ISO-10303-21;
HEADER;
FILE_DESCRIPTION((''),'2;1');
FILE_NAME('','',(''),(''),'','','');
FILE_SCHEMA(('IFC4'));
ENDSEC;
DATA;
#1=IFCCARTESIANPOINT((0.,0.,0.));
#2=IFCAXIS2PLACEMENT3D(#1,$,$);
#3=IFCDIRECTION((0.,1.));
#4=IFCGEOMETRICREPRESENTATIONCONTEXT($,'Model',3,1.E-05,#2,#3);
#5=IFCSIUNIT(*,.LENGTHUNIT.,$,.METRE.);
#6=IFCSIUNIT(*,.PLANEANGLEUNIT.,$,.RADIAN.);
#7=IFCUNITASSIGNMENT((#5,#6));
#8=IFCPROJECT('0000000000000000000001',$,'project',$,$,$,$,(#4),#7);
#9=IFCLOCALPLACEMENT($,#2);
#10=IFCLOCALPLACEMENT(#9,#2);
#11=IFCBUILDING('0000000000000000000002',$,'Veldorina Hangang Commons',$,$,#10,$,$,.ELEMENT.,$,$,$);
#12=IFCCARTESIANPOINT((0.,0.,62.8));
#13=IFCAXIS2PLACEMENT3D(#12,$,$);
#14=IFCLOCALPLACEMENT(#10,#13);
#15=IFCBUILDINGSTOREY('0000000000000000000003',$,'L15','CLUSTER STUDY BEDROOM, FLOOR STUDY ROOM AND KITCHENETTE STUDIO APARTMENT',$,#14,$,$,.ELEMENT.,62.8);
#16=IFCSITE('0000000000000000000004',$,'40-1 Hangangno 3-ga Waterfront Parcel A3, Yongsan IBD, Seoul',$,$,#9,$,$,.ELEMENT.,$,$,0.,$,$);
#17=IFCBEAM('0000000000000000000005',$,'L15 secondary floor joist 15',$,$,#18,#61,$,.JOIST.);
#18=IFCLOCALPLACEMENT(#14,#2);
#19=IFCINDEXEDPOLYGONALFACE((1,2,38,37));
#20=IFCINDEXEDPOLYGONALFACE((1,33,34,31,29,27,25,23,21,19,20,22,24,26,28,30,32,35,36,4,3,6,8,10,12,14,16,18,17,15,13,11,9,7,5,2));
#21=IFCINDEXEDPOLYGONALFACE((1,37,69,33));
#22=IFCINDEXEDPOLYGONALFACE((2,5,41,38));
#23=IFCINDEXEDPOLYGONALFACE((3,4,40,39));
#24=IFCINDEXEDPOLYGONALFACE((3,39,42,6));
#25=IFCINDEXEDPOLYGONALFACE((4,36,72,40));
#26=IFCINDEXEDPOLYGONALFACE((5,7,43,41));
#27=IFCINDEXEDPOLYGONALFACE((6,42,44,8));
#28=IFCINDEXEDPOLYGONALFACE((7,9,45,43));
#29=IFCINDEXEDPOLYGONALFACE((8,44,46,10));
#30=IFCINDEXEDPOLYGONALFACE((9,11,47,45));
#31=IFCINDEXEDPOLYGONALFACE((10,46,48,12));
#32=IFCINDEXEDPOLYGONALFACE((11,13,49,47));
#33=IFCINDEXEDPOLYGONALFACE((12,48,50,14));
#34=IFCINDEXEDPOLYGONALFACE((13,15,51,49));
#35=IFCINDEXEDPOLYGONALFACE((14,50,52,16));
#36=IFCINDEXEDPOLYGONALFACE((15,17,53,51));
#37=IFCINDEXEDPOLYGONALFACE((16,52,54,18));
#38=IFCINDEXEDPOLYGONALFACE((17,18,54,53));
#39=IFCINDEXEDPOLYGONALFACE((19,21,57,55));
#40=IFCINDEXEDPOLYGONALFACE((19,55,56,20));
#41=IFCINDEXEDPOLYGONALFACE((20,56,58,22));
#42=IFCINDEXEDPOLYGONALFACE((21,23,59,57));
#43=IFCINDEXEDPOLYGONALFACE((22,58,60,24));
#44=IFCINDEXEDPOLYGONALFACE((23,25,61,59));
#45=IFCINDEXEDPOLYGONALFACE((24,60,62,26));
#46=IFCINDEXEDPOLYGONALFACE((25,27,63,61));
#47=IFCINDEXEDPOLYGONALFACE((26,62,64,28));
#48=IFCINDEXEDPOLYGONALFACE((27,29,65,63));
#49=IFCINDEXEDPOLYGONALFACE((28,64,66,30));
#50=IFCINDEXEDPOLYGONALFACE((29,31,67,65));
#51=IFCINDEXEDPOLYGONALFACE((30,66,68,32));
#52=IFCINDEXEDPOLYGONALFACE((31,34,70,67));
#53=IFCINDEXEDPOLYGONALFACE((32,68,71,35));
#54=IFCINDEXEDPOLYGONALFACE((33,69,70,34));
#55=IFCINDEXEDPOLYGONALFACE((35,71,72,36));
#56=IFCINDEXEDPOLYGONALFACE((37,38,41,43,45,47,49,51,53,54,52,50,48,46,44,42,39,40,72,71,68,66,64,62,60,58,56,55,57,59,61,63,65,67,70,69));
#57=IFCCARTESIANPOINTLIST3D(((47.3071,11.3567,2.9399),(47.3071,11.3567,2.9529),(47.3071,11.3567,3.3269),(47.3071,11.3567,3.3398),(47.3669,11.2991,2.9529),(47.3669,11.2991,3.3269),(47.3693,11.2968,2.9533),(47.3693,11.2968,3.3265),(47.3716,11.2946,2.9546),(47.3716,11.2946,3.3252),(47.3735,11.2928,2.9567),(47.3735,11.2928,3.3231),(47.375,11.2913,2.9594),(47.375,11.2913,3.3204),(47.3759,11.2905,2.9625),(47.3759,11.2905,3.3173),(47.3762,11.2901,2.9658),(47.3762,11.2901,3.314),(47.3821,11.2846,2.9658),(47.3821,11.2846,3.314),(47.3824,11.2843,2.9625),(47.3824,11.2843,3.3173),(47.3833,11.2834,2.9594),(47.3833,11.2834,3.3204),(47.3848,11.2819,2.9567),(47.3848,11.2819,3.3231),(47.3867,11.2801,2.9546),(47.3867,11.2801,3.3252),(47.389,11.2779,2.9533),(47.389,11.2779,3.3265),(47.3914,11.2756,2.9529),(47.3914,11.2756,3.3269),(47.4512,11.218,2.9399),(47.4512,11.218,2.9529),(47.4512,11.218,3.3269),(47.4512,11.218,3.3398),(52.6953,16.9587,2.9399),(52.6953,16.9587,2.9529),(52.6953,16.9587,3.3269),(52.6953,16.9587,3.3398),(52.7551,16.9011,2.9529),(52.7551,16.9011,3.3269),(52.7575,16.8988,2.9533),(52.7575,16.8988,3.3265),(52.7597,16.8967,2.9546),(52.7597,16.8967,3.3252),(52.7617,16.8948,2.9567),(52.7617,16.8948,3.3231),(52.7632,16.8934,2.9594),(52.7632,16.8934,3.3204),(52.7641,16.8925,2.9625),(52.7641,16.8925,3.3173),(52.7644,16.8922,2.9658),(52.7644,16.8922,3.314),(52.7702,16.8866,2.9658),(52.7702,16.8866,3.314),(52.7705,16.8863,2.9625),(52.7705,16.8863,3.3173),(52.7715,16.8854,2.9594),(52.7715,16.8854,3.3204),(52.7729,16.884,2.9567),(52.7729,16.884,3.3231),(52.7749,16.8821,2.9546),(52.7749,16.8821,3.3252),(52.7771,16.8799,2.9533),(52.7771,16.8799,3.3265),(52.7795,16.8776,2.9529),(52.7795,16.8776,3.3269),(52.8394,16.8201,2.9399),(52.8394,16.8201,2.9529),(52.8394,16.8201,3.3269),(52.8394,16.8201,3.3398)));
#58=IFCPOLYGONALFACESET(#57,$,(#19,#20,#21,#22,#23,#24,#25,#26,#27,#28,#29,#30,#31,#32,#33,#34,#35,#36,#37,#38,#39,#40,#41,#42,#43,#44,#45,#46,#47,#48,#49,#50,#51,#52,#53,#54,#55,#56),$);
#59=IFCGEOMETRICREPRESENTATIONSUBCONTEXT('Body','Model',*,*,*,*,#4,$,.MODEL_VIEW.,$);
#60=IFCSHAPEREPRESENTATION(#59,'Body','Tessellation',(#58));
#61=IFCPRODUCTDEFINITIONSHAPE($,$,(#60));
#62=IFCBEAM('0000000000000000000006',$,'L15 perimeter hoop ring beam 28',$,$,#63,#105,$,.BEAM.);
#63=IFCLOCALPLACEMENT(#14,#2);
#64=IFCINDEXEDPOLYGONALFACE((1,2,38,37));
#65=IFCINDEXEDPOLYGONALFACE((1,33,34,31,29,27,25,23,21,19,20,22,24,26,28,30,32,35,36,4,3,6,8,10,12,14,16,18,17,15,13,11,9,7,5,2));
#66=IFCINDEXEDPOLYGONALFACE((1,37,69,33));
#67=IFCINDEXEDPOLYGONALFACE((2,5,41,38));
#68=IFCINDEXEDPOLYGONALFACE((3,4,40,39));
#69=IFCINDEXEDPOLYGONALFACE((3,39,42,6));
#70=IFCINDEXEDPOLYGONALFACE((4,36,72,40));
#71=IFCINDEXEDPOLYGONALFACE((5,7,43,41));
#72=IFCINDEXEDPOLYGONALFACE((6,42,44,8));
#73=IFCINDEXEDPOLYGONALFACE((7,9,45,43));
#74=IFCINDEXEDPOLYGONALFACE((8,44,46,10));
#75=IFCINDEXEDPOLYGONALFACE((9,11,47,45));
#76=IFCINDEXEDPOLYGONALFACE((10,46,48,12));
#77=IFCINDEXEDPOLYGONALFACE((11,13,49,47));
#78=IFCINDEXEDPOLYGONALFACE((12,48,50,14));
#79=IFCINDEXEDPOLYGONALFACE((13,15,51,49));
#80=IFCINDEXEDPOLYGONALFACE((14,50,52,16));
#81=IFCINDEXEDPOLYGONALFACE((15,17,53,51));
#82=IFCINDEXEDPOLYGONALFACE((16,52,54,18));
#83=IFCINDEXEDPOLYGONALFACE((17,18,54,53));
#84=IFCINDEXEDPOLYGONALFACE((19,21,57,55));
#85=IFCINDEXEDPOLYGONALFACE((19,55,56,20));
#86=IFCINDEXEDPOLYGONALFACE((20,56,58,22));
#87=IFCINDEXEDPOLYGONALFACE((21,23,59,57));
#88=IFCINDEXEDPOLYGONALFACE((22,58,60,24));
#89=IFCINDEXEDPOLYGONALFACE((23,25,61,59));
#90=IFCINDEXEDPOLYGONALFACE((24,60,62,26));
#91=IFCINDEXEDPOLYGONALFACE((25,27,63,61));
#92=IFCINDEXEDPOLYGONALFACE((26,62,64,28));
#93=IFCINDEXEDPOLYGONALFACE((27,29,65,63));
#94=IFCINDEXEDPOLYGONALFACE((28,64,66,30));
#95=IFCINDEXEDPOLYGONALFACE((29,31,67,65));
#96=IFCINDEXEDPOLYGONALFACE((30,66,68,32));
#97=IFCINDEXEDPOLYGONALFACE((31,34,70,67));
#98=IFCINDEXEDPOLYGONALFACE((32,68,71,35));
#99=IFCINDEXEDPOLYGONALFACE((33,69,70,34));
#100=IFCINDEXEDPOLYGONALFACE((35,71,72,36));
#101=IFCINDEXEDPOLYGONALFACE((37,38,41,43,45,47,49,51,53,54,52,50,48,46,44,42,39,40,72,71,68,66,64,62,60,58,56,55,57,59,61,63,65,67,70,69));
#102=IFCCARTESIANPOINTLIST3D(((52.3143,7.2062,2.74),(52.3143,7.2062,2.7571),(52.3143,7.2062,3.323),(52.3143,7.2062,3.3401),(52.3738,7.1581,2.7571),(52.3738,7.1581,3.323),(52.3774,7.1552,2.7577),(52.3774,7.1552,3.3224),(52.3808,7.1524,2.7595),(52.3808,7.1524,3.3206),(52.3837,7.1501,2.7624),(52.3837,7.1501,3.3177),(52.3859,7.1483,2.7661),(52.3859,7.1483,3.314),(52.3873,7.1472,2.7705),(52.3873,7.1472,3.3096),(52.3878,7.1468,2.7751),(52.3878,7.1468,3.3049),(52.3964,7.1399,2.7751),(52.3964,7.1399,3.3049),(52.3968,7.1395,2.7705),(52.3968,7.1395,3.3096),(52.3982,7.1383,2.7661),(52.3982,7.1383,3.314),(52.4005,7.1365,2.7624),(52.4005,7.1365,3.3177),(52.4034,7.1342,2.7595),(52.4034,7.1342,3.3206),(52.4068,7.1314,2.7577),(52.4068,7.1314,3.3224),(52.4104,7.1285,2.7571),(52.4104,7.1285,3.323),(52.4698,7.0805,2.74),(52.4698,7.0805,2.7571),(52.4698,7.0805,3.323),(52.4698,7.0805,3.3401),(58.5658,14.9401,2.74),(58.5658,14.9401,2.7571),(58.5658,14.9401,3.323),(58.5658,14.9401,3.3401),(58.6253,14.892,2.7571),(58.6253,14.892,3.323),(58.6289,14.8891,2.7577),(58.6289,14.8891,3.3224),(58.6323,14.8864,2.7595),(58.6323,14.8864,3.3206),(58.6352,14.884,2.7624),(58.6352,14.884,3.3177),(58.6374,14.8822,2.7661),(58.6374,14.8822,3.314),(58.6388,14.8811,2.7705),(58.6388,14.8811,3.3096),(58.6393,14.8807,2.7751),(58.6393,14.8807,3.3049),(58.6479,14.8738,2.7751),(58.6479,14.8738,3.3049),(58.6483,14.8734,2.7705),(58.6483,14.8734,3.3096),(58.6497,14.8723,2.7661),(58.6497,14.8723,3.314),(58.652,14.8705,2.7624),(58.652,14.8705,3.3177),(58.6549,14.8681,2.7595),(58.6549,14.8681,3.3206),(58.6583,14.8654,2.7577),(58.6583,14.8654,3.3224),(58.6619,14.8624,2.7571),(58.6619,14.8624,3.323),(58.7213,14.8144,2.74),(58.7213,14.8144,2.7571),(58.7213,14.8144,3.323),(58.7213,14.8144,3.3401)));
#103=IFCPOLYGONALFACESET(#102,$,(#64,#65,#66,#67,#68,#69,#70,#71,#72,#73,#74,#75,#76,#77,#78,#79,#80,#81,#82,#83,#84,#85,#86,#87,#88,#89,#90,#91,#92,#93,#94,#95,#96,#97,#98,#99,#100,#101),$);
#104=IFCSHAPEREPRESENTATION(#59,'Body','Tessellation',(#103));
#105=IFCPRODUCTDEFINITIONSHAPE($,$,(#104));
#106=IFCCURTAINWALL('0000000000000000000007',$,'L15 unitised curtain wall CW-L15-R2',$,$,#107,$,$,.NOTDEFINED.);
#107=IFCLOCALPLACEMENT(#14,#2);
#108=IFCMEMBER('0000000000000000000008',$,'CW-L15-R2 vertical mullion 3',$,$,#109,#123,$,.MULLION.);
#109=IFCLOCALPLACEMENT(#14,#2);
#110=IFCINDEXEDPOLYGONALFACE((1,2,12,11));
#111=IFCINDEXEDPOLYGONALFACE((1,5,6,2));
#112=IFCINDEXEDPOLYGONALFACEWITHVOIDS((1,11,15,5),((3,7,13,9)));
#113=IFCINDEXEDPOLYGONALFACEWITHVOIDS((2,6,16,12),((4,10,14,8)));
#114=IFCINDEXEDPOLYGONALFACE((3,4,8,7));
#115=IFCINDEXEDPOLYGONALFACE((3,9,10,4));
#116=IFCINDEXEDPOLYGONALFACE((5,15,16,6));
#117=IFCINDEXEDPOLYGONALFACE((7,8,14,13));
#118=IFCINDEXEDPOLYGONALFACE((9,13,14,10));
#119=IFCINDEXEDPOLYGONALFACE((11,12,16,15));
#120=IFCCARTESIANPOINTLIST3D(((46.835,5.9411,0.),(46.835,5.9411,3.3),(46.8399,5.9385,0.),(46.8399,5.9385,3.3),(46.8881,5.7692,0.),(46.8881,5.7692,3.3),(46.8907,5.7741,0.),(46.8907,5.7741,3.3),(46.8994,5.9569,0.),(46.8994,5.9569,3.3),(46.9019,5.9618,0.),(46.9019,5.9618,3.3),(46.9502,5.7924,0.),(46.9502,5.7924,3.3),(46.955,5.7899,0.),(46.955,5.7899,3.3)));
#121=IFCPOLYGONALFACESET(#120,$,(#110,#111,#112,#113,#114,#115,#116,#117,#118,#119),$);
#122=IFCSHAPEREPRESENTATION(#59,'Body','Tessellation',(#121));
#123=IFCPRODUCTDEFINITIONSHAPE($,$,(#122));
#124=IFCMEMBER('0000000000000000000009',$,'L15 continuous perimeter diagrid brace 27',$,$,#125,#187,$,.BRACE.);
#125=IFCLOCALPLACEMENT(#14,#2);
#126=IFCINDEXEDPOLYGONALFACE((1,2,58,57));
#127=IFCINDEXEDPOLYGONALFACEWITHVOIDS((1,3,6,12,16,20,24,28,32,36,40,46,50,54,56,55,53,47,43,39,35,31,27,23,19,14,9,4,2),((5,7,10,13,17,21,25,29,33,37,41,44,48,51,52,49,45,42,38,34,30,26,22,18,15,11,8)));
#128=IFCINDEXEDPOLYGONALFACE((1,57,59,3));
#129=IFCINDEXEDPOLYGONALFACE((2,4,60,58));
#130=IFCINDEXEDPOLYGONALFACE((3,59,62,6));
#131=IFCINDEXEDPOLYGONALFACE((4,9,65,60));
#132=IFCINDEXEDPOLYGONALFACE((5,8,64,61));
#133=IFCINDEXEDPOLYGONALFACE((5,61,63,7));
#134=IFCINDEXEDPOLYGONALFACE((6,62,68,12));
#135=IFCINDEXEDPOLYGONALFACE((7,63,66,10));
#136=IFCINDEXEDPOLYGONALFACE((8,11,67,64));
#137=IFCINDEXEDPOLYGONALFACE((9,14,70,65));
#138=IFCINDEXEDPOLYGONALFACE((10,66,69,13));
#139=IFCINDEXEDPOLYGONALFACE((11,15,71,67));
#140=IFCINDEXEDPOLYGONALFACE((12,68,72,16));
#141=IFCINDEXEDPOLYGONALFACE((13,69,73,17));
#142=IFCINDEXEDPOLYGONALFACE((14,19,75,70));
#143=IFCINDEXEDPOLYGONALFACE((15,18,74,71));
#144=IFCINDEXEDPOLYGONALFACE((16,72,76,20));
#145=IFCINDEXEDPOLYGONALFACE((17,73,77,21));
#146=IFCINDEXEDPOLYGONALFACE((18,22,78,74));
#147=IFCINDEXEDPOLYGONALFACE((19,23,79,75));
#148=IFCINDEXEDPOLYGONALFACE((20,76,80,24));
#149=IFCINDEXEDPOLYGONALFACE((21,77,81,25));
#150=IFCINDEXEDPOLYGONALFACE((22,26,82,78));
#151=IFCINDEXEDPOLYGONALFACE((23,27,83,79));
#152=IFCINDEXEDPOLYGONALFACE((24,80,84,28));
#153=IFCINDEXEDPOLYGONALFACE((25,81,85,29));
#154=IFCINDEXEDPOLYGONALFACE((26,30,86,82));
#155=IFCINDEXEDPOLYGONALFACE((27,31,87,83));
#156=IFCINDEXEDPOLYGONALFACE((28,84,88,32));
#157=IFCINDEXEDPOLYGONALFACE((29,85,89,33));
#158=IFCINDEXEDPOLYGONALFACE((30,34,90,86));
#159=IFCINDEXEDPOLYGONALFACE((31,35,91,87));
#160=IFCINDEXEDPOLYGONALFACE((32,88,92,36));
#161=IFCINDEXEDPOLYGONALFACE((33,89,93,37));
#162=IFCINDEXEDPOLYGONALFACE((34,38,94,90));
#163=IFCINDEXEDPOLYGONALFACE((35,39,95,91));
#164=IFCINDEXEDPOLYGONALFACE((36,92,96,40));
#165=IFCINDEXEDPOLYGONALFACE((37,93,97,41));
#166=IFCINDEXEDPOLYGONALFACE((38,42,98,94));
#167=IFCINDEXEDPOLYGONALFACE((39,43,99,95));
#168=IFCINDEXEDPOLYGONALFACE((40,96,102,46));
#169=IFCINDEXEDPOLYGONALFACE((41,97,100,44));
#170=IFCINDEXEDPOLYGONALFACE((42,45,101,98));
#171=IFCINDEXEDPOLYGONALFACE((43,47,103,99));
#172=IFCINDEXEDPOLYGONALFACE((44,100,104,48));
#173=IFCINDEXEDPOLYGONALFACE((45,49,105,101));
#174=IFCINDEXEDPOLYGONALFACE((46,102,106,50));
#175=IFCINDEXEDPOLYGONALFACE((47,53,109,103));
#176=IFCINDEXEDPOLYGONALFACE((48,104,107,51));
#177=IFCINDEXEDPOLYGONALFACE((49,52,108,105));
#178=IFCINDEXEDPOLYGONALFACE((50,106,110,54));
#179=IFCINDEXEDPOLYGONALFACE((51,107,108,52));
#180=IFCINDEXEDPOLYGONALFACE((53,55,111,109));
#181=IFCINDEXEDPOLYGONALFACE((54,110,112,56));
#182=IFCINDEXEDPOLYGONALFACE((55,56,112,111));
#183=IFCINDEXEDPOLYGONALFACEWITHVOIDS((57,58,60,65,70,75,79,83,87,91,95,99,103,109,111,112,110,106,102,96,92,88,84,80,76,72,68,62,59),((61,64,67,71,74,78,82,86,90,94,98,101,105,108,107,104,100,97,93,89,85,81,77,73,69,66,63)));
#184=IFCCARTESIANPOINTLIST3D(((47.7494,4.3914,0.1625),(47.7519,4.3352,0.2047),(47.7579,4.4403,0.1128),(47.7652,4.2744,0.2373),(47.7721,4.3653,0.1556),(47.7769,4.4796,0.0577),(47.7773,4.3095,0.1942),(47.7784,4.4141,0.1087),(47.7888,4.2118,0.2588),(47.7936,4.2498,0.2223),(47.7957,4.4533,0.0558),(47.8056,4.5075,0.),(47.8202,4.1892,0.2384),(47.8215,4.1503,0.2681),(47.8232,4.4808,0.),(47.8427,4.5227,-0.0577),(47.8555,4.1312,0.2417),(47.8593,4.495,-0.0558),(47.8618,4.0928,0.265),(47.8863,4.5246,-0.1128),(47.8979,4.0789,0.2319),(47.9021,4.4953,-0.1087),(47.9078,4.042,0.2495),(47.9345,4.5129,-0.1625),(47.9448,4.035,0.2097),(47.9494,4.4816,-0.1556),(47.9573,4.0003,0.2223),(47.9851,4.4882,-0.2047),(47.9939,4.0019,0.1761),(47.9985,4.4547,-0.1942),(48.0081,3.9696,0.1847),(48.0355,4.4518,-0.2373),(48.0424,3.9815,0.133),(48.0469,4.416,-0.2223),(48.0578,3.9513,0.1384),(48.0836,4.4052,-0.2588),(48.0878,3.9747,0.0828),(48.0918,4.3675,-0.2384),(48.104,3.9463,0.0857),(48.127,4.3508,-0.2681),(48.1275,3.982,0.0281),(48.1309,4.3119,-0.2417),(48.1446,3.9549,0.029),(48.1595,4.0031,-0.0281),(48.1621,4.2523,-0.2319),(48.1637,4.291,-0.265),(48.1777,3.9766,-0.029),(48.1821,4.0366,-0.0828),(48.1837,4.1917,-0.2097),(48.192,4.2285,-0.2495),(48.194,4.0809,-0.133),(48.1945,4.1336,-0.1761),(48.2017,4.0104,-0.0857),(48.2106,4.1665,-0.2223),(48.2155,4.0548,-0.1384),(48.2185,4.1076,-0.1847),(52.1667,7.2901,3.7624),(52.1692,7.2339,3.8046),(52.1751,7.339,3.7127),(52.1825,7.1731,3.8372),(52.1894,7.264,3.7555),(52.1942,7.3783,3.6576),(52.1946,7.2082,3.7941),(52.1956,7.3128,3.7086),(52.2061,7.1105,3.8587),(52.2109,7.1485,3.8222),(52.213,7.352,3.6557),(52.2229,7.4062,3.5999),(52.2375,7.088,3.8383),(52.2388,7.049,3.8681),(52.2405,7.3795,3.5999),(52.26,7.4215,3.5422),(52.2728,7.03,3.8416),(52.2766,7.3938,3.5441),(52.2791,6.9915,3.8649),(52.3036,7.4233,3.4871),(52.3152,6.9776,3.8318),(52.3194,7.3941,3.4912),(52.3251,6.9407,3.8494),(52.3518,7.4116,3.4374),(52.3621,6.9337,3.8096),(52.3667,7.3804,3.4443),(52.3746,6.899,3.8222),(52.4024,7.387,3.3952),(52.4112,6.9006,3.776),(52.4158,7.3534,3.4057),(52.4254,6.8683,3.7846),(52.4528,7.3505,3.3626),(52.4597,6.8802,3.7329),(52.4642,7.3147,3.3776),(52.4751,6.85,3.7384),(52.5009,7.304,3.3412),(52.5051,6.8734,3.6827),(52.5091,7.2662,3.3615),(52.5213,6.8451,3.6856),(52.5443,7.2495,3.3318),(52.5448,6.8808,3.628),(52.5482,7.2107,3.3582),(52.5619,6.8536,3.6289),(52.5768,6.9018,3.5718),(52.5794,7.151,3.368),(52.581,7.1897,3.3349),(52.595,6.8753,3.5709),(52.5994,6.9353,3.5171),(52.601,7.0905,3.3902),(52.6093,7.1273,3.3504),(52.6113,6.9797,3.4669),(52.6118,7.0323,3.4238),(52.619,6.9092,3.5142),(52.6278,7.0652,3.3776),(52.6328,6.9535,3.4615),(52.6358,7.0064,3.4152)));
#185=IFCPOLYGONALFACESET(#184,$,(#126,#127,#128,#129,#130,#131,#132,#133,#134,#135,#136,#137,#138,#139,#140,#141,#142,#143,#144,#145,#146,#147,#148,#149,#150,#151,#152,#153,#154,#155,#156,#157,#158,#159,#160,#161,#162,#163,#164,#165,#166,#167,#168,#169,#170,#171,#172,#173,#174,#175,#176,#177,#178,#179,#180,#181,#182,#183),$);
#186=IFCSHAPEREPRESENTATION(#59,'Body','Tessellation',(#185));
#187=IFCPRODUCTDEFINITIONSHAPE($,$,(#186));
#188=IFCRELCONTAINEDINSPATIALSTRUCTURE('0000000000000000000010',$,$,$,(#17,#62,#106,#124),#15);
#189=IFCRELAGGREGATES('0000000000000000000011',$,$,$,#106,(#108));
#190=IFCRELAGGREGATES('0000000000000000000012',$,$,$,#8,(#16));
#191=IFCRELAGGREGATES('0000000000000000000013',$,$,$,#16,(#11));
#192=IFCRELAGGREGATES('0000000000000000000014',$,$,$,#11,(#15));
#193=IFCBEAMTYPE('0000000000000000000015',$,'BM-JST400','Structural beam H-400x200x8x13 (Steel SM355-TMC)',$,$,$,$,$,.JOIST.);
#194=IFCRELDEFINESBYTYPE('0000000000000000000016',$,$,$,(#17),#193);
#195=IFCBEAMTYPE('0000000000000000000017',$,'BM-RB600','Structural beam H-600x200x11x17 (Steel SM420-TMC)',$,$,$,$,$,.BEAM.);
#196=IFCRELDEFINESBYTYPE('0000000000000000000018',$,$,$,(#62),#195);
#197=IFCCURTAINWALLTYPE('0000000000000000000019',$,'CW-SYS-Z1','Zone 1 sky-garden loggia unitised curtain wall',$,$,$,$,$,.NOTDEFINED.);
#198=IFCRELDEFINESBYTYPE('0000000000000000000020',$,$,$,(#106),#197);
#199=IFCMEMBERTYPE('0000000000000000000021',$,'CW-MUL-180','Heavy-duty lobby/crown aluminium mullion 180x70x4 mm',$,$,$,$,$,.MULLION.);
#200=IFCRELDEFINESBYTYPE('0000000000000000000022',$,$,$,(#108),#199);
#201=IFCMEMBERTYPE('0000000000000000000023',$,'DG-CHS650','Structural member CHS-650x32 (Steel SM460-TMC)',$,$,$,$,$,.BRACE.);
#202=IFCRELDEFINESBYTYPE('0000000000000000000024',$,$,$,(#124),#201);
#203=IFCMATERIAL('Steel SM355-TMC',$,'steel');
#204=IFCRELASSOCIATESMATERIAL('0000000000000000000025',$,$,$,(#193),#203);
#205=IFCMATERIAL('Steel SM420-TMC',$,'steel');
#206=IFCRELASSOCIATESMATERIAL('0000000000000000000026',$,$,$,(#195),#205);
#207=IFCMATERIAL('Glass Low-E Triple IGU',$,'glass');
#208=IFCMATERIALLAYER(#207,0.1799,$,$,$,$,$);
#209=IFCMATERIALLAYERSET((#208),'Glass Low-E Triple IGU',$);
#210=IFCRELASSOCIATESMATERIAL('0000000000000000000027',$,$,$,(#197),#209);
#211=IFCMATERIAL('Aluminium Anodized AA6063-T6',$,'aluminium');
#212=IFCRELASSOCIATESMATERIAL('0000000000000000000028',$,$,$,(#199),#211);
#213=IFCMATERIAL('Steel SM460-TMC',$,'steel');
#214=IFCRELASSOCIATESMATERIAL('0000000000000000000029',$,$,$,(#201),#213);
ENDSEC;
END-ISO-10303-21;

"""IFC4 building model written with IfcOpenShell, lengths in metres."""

from ifc_helpers import new_model, si_unit, direction, frame, origin, origin_2d, place, context, subcontext, project, spatial, hollow_rectangle, hollow_circle, i_section, extrude, material, layer, layer_set, material_profile, profile_set, type_object, element, aggregate, save


model = new_model("IFC4")

# Units and contexts
model_context = context("Model", 3, precision=1e-05, world=origin(), true_north=direction((0.0, 1.0)))
body_context = subcontext(model_context, "Body", "Model", "MODEL_VIEW")
ifc_project = project(units=[si_unit("LENGTHUNIT", "METRE"), si_unit("PLANEANGLEUNIT", "RADIAN")], contexts=[model_context])

# Site, building, storey
site_placement = place(None, origin())
site = spatial("IfcSite", under=ifc_project, at=site_placement, Name="40-1 Hangangno 3-ga Waterfront Parcel A3, Yongsan IBD, Seoul", CompositionType="ELEMENT", RefElevation=0.0)
building_placement = place(site_placement, origin())
building = spatial("IfcBuilding", under=site, at=building_placement, Name="Veldorina Hangang Commons", CompositionType="ELEMENT")
storey_placement = place(building_placement, frame((0.0, 0.0, 62.8)))
storey = spatial("IfcBuildingStorey", under=building, at=storey_placement, Name="L15", Description="CLUSTER STUDY BEDROOM, FLOOR STUDY ROOM AND KITCHENETTE STUDIO APARTMENT", CompositionType="ELEMENT", Elevation=62.8)

# Beams
ifc_material_1 = material(Name="Steel SM355-TMC", Category="steel")
ifc_material_profile_1 = material_profile(ifc_material_1, i_section(OverallWidth=0.2, OverallDepth=0.3999, WebThickness=0.0081, FlangeThickness=0.0129, FilletRadius=0.0129, at=origin_2d()), Name="H-400x200x8x13")
ifc_profile_set_1 = profile_set([ifc_material_profile_1], Name="Steel SM355-TMC")
beam_type_1 = type_object("IfcBeamType", Name="BM-JST400", Description="Structural beam H-400x200x8x13 (Steel SM355-TMC)", PredefinedType="JOIST", material=ifc_profile_set_1)
beam_1_placement = place(storey_placement, frame((47.3792, 11.2874, 3.1399), z_axis=(0.693215, 0.72073, 0.0), x_axis=(-0.72073, 0.693215, 0.0)))
element("IfcBeam", 1, at=beam_1_placement, inside=storey, type_object=beam_type_1, Name="L15 secondary floor joist 15", PredefinedType="JOIST", context=body_context, shape_type="SweptSolid", body=[
    extrude(i_section(OverallWidth=0.2, OverallDepth=0.3999, WebThickness=0.0081, FlangeThickness=0.0129, FilletRadius=0.0129, at=origin_2d()), origin(), (0.0, 0.0, 1.0), 7.7727),
])
ifc_material_2 = material(Name="Steel SM420-TMC", Category="steel")
ifc_material_profile_2 = material_profile(ifc_material_2, i_section(OverallWidth=0.2, OverallDepth=0.6001, WebThickness=0.011, FlangeThickness=0.0171, FilletRadius=0.0181, at=origin_2d()), Name="H-600x200x11x17")
ifc_profile_set_2 = profile_set([ifc_material_profile_2], Name="Steel SM420-TMC")
beam_type_2 = type_object("IfcBeamType", Name="BM-RB600", Description="Structural beam H-600x200x11x17 (Steel SM420-TMC)", PredefinedType="BEAM", material=ifc_profile_set_2)
beam_2_placement = place(storey_placement, frame((52.3921, 7.1433, 3.04), z_axis=(0.628633, 0.777702, 0.0), x_axis=(-0.777702, 0.628633, 0.0)))
element("IfcBeam", 2, at=beam_2_placement, inside=storey, type_object=beam_type_2, Name="L15 perimeter hoop ring beam 28", PredefinedType="BEAM", context=body_context, shape_type="SweptSolid", body=[
    extrude(i_section(OverallWidth=0.2, OverallDepth=0.6001, WebThickness=0.011, FlangeThickness=0.0171, FilletRadius=0.0181, at=origin_2d()), origin(), (0.0, 0.0, 1.0), 9.9446),
])

# Curtain wall, member
ifc_material_3 = material(Name="Glass Low-E Triple IGU", Category="glass")
ifc_layer_1 = layer(ifc_material_3, 0.1799)
ifc_layer_set_1 = layer_set([ifc_layer_1], Name="Glass Low-E Triple IGU")
curtain_wall_type = type_object("IfcCurtainWallType", Name="CW-SYS-Z1", Description="Zone 1 sky-garden loggia unitised curtain wall", PredefinedType="NOTDEFINED", material=ifc_layer_set_1)
curtain_wall_placement = place(storey_placement, origin())
curtain_wall = element("IfcCurtainWall", 3, at=curtain_wall_placement, inside=storey, type_object=curtain_wall_type, Name="L15 unitised curtain wall CW-L15-R2", PredefinedType="NOTDEFINED")
ifc_material_4 = material(Name="Aluminium Anodized AA6063-T6", Category="aluminium")
ifc_material_profile_3 = material_profile(ifc_material_4, hollow_rectangle(XDim=0.0701, YDim=0.1799, WallThickness=0.0039, at=origin_2d()), Name="ALU-RHS-180x70x4")
ifc_profile_set_3 = profile_set([ifc_material_profile_3], Name="Aluminium Anodized AA6063-T6")
member_type_1 = type_object("IfcMemberType", Name="CW-MUL-180", Description="Heavy-duty lobby/crown aluminium mullion 180x70x4 mm", PredefinedType="MULLION", material=ifc_profile_set_3)
member_1_placement = place(storey_placement, frame((46.895, 5.8655, 0.0), z_axis=(0.0, 0.0, 1.0), x_axis=(-0.955449, -0.295158, 0.0)))
member_1 = element("IfcMember", 4, at=member_1_placement, type_object=member_type_1, Name="CW-L15-R2 vertical mullion 3", PredefinedType="MULLION", context=body_context, shape_type="SweptSolid", body=[
    extrude(hollow_rectangle(XDim=0.0701, YDim=0.1799, WallThickness=0.0039, at=origin_2d()), origin(), (0.0, 0.0, 1.0), 3.3),
])

# Member
ifc_material_5 = material(Name="Steel SM460-TMC", Category="steel")
ifc_material_profile_4 = material_profile(ifc_material_5, hollow_circle(Radius=0.325, WallThickness=0.032, at=origin_2d()), Name="CHS-650x32")
ifc_profile_set_4 = profile_set([ifc_material_profile_4], Name="Steel SM460-TMC")
member_type_2 = type_object("IfcMemberType", Name="DG-CHS650", Description="Structural member CHS-650x32 (Steel SM460-TMC)", PredefinedType="BRACE", material=ifc_profile_set_4)
member_2_placement = place(storey_placement, frame((47.9839, 4.2358, 0.0), z_axis=(0.690925, 0.453399, 0.563074), x_axis=(-0.548639, 0.836059, 0.0)))
element("IfcMember", 5, at=member_2_placement, inside=storey, type_object=member_type_2, Name="L15 continuous perimeter diagrid brace 27", PredefinedType="BRACE", context=body_context, shape_type="SweptSolid", body=[
    extrude(hollow_circle(Radius=0.325, WallThickness=0.032, at=origin_2d()), origin(), (0.0, 0.0, 1.0), 6.3933),
])

aggregate(curtain_wall, [member_1])

save(model, "model.ifc")
